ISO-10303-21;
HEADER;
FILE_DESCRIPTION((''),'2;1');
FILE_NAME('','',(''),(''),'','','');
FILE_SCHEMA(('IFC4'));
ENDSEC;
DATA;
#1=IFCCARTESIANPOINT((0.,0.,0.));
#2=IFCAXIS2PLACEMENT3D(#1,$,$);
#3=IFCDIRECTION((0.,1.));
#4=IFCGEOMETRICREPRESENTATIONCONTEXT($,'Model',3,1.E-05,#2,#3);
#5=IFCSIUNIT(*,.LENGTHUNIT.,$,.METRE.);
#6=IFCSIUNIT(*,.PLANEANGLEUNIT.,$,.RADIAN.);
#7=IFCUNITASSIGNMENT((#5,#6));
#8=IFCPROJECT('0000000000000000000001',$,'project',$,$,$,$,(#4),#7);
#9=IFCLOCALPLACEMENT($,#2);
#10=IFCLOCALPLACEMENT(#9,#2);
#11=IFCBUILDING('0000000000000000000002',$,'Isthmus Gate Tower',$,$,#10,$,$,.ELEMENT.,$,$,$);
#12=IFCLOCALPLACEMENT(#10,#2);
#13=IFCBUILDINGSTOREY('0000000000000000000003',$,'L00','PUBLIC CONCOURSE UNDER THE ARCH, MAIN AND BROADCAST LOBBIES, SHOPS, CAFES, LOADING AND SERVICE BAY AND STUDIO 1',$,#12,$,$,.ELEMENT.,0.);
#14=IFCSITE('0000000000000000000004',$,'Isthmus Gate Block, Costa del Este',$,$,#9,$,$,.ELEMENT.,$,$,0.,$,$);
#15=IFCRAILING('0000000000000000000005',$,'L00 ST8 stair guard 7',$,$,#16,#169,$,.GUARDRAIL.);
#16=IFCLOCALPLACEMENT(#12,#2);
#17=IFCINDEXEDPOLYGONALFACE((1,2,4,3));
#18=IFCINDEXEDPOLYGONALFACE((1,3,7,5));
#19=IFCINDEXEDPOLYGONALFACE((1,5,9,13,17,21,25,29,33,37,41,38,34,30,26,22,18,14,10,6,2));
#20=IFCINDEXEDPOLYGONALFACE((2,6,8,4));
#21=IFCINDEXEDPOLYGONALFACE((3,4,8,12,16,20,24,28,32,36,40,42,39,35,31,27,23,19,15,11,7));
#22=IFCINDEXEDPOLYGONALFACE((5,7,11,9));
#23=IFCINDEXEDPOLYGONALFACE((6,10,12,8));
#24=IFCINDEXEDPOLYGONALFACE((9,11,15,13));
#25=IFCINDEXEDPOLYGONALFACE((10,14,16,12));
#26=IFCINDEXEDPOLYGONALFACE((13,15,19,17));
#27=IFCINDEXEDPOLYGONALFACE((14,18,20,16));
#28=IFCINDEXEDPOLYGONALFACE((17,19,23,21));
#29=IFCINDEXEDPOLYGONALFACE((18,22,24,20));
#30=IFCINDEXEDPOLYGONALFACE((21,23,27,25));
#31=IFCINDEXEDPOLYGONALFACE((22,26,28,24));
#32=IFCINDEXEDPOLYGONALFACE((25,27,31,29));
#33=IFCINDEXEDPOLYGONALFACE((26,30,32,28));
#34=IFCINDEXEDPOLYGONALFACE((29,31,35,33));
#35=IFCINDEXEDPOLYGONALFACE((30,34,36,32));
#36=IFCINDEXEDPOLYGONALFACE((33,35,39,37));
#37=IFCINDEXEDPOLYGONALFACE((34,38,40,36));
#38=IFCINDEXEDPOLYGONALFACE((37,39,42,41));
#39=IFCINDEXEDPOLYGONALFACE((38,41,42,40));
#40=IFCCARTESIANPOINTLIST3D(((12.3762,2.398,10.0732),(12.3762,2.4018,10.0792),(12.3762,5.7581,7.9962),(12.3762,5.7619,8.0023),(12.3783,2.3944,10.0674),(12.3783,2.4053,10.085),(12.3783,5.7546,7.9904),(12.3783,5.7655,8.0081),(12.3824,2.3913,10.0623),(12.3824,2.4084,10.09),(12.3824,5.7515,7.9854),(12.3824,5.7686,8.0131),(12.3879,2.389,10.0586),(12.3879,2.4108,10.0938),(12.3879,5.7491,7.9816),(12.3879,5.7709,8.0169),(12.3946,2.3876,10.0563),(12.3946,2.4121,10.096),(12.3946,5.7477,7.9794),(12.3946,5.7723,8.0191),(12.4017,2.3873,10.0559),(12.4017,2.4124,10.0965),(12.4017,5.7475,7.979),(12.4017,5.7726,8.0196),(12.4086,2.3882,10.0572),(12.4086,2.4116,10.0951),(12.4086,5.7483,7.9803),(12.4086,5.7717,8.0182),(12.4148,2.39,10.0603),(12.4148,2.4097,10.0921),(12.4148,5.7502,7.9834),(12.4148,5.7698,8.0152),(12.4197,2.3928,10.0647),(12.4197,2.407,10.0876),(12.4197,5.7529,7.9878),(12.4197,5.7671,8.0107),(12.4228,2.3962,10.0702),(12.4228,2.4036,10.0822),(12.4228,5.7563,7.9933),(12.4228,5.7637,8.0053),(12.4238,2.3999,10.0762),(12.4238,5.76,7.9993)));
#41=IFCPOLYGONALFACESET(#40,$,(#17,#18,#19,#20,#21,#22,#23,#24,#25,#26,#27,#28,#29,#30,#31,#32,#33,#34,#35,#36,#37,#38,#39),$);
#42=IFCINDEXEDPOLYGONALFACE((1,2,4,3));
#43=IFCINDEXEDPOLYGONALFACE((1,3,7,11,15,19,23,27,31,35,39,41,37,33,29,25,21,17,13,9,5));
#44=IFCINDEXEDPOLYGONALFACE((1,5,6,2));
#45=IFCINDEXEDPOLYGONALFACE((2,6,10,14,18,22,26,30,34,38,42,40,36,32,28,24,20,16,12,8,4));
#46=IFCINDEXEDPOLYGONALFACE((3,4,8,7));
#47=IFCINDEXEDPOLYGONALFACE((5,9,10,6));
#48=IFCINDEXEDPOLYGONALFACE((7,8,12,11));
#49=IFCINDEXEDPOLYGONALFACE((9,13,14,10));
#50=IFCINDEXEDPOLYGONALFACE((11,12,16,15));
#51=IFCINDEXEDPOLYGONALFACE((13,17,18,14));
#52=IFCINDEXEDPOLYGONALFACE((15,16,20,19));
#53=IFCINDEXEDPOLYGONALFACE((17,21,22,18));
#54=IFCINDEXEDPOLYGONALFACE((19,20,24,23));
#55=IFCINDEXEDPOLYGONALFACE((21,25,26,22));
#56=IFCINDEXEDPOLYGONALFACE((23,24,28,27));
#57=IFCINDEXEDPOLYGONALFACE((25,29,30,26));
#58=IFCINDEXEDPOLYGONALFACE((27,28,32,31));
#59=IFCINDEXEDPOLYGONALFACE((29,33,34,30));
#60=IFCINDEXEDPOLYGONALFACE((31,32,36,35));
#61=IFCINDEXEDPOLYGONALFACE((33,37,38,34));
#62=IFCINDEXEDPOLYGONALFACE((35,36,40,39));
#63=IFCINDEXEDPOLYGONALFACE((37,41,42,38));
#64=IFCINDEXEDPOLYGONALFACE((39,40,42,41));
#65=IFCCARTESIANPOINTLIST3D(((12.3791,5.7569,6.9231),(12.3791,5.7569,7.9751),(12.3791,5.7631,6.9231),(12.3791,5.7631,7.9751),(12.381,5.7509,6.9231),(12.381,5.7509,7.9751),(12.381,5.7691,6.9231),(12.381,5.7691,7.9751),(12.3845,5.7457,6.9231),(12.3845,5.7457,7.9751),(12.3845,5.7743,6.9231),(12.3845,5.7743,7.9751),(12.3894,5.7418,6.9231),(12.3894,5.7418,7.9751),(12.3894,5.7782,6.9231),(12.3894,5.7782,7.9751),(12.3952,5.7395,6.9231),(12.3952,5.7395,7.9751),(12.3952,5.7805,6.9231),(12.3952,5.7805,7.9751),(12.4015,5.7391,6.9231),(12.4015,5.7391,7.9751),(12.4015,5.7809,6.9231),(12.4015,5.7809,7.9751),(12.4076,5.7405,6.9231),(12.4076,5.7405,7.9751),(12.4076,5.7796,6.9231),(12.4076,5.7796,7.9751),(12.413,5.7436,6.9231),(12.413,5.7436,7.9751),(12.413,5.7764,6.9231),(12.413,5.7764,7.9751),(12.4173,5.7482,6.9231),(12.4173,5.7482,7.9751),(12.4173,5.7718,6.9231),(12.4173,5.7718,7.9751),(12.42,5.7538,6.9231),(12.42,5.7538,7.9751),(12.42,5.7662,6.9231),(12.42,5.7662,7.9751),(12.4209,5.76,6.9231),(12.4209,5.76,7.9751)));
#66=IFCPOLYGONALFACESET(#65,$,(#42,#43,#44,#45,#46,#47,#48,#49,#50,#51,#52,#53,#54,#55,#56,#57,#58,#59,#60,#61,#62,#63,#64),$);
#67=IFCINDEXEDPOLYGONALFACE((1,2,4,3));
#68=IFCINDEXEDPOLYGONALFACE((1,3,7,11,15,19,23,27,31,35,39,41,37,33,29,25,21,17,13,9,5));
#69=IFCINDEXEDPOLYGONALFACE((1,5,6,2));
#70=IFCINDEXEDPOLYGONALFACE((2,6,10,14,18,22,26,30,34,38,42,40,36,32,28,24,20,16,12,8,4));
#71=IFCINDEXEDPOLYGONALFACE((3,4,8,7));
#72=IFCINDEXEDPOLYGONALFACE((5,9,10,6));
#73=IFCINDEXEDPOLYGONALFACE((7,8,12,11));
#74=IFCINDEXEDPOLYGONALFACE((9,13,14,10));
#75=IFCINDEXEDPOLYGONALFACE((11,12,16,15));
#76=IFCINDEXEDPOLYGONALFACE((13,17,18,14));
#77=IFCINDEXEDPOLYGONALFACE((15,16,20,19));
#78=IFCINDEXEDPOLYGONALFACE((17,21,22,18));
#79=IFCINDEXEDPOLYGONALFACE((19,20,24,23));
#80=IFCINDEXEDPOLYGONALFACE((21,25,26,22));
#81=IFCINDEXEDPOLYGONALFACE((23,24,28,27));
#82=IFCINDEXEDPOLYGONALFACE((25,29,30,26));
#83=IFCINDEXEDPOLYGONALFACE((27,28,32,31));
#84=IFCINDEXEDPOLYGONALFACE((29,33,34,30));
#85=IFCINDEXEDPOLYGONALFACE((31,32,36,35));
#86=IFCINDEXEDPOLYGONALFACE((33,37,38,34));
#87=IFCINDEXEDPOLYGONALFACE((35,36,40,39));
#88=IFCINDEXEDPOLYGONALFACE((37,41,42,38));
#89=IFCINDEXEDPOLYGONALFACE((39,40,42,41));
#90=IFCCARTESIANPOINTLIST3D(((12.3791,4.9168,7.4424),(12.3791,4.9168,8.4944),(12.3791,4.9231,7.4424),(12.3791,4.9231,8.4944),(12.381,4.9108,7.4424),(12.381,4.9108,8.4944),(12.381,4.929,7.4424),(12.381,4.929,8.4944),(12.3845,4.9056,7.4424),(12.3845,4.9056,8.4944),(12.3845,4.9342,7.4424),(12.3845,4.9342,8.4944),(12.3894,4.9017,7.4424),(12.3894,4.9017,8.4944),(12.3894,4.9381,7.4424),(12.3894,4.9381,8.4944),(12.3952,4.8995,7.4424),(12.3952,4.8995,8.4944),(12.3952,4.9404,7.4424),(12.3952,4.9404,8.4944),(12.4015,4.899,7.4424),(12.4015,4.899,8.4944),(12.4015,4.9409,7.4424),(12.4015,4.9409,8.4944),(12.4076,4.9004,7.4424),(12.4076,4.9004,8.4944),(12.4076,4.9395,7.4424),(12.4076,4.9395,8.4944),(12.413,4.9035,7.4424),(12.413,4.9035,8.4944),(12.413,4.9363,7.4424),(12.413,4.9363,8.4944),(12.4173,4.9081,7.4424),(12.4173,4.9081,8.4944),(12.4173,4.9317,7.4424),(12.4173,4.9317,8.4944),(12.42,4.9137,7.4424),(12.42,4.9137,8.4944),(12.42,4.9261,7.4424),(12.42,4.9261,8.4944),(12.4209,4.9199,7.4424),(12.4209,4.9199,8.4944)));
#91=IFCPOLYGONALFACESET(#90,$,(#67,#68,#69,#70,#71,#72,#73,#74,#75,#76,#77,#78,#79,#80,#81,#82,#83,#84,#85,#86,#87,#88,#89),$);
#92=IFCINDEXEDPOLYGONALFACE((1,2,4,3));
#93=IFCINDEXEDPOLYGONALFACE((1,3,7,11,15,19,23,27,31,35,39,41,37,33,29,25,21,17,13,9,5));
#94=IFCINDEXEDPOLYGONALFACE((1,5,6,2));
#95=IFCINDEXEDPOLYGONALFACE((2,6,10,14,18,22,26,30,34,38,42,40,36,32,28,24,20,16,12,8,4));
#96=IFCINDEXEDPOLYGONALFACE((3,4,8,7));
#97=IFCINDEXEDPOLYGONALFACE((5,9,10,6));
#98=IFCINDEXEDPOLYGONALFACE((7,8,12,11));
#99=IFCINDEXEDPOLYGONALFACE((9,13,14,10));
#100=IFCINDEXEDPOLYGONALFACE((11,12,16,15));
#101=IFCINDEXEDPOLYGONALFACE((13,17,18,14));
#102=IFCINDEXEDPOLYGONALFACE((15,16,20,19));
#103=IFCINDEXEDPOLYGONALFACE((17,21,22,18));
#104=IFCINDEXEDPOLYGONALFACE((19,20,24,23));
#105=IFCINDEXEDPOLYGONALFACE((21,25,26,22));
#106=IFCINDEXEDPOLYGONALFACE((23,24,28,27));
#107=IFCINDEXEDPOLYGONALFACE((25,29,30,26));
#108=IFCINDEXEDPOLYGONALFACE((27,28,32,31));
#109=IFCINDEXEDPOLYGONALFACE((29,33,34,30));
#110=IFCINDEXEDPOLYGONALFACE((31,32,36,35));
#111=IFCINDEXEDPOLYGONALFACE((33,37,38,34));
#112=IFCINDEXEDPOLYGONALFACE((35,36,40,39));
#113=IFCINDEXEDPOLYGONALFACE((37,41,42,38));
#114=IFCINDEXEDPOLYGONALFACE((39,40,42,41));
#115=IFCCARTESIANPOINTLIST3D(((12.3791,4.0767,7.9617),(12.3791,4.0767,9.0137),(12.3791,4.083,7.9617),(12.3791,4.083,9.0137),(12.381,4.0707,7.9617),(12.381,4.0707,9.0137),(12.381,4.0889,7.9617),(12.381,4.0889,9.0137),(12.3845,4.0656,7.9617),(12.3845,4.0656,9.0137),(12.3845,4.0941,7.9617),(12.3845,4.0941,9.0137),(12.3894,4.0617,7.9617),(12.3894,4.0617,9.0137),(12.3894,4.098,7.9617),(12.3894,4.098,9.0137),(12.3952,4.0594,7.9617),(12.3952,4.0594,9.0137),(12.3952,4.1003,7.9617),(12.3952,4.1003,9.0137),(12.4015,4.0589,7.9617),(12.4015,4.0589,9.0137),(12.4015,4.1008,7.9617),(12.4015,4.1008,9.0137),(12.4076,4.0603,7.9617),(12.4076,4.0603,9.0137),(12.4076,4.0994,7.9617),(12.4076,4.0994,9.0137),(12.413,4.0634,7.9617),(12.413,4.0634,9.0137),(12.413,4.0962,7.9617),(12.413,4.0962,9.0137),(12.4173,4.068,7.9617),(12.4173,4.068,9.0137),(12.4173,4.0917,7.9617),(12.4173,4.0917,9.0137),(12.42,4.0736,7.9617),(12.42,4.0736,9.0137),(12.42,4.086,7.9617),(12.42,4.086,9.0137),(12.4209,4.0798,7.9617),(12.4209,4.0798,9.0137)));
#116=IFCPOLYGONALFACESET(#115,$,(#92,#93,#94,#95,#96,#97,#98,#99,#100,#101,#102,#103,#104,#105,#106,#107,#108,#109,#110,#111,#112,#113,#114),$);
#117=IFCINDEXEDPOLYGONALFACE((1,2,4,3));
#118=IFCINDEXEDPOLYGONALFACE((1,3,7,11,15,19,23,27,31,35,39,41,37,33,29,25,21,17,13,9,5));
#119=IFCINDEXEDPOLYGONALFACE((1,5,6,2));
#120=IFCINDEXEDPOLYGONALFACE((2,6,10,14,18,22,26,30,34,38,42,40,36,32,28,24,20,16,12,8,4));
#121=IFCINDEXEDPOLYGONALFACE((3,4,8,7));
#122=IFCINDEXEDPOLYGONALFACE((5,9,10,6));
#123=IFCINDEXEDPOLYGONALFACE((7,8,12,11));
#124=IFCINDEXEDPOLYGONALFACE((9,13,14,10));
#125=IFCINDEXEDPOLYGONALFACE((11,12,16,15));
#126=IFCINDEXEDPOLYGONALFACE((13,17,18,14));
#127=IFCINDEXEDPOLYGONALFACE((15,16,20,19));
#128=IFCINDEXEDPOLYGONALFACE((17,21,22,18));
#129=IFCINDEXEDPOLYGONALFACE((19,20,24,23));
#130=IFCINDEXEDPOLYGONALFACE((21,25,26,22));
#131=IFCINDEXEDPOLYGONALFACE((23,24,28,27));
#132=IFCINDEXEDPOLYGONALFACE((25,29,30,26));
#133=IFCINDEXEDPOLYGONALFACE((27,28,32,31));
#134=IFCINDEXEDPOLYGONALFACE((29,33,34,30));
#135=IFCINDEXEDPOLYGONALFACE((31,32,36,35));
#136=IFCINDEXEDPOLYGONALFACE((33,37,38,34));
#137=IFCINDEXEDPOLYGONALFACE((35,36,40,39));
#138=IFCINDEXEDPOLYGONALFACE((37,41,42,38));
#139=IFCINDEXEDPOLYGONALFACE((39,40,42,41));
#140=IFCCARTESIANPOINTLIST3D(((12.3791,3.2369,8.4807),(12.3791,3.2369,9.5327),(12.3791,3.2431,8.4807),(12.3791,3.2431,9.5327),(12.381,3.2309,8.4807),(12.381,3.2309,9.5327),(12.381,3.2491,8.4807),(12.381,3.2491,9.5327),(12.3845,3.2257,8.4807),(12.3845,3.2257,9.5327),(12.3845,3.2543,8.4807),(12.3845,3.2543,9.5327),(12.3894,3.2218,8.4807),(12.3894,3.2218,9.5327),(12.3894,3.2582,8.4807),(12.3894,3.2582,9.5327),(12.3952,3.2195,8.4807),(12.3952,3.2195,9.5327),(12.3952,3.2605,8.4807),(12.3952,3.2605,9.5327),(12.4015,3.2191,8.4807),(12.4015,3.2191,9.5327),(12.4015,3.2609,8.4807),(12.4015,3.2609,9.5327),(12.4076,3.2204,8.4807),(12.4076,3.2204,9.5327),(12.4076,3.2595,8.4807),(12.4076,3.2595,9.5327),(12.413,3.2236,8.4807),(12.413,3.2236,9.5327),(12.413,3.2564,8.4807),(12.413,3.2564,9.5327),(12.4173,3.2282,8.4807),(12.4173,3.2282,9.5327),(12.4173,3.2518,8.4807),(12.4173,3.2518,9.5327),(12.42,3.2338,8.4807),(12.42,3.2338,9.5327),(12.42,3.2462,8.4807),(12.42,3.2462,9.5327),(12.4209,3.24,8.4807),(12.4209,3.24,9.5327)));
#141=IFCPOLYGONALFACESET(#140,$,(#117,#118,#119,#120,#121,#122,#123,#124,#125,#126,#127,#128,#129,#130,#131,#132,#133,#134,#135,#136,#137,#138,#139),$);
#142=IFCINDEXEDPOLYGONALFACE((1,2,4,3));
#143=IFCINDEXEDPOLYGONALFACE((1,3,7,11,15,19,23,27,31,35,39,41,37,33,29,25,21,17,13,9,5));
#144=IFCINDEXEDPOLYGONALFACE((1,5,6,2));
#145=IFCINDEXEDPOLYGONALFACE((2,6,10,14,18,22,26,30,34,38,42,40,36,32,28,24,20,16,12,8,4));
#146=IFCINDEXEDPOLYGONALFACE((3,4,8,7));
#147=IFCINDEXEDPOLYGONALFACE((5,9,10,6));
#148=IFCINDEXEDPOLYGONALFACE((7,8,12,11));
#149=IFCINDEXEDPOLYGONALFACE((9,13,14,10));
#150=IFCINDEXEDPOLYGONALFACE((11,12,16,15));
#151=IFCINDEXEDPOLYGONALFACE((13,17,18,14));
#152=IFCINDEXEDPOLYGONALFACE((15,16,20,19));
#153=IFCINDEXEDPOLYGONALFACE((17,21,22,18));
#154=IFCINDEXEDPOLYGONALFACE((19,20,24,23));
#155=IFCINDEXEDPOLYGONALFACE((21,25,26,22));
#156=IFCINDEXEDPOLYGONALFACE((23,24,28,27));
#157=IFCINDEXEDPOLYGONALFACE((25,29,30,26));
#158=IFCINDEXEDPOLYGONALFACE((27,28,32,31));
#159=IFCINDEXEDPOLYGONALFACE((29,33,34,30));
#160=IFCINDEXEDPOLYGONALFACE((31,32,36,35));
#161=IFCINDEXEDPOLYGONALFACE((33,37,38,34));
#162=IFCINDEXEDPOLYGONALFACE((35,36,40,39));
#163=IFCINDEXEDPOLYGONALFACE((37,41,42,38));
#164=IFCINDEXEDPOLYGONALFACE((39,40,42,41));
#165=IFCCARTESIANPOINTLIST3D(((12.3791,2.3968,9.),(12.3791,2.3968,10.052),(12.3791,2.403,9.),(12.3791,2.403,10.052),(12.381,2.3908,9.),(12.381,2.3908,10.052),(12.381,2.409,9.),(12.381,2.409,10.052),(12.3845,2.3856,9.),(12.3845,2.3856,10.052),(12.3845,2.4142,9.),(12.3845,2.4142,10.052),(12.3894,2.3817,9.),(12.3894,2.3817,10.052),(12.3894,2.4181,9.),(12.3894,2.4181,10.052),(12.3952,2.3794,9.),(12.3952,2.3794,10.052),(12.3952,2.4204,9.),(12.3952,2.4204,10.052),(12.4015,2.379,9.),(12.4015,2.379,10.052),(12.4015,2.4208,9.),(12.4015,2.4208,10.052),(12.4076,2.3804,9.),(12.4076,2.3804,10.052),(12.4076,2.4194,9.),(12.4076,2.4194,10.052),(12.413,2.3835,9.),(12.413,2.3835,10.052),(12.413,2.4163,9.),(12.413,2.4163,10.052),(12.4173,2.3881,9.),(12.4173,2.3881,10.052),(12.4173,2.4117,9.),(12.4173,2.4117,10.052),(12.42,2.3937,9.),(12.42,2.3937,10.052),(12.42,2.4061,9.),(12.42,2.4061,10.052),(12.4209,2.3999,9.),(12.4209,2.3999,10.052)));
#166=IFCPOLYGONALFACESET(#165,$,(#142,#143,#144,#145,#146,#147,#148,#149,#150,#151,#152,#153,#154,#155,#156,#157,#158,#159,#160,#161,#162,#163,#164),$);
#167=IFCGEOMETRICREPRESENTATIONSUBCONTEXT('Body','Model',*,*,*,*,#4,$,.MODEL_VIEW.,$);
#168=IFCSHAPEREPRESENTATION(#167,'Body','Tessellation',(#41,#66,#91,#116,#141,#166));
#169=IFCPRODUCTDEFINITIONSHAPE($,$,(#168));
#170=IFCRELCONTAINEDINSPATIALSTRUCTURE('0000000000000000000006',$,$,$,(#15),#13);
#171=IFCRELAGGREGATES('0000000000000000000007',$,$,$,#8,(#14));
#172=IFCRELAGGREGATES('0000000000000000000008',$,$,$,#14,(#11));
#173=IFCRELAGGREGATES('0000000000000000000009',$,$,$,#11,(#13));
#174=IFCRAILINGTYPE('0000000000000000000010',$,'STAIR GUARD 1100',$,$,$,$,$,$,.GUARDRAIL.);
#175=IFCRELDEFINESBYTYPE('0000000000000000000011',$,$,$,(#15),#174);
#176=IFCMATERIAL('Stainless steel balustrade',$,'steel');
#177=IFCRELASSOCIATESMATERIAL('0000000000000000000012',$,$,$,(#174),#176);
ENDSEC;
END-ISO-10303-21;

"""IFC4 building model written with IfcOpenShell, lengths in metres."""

from ifc_helpers import new_model, si_unit, direction, frame, origin, origin_2d, place, context, subcontext, project, spatial, circle, extrude, material, type_object, element, save


model = new_model("IFC4")

# Units and contexts
model_context = context("Model", 3, precision=1e-05, world=origin(), true_north=direction((0.0, 1.0)))
body_context = subcontext(model_context, "Body", "Model", "MODEL_VIEW")
ifc_project = project(units=[si_unit("LENGTHUNIT", "METRE"), si_unit("PLANEANGLEUNIT", "RADIAN")], contexts=[model_context])

# Site, building, storey
site_placement = place(None, origin())
site = spatial("IfcSite", under=ifc_project, at=site_placement, Name="Isthmus Gate Block, Costa del Este", CompositionType="ELEMENT", RefElevation=0.0)
building_placement = place(site_placement, origin())
building = spatial("IfcBuilding", under=site, at=building_placement, Name="Isthmus Gate Tower", CompositionType="ELEMENT")
storey_placement = place(building_placement, origin())
storey = spatial("IfcBuildingStorey", under=building, at=storey_placement, Name="L00", Description="PUBLIC CONCOURSE UNDER THE ARCH, MAIN AND BROADCAST LOBBIES, SHOPS, CAFES, LOADING AND SERVICE BAY AND STUDIO 1", CompositionType="ELEMENT", Elevation=0.0)

# Railing
ifc_material_1 = material(Name="Stainless steel balustrade", Category="steel")
railing_type_1 = type_object("IfcRailingType", Name="STAIR GUARD 1100", PredefinedType="GUARDRAIL", material=ifc_material_1)
for number, where, name in (
    (1, (12.3999, 5.76, 6.9231), "L00 ST8 stair guard 7"),
):
    element("IfcRailing", number, at=place(storey_placement, frame(where)), inside=storey, type_object=railing_type_1, Name=name, PredefinedType="GUARDRAIL", context=body_context, shape_type="SweptSolid", body=[
        extrude(circle(Radius=0.0239, at=origin_2d()), frame((0.0, 0.0, 1.0762), z_axis=(0.0, -0.850623, 0.525776), x_axis=(1.0, 0.0, 0.0)), (0.0, 0.0, 1.0), 3.9502),
        extrude(circle(Radius=0.021, at=origin_2d()), origin(), (0.0, 0.0, 1.0), 1.052),
        extrude(circle(Radius=0.021, at=origin_2d()), frame((0.0, -0.8401, 0.5193)), (0.0, 0.0, 1.0), 1.052),
        extrude(circle(Radius=0.021, at=origin_2d()), frame((0.0, -1.6802, 1.0386)), (0.0, 0.0, 1.0), 1.052),
        extrude(circle(Radius=0.021, at=origin_2d()), frame((0.0, -2.52, 1.5576)), (0.0, 0.0, 1.0), 1.052),
        extrude(circle(Radius=0.021, at=origin_2d()), frame((0.0, -3.3601, 2.0769)), (0.0, 0.0, 1.0), 1.052),
    ])

save(model, "model.ifc")
